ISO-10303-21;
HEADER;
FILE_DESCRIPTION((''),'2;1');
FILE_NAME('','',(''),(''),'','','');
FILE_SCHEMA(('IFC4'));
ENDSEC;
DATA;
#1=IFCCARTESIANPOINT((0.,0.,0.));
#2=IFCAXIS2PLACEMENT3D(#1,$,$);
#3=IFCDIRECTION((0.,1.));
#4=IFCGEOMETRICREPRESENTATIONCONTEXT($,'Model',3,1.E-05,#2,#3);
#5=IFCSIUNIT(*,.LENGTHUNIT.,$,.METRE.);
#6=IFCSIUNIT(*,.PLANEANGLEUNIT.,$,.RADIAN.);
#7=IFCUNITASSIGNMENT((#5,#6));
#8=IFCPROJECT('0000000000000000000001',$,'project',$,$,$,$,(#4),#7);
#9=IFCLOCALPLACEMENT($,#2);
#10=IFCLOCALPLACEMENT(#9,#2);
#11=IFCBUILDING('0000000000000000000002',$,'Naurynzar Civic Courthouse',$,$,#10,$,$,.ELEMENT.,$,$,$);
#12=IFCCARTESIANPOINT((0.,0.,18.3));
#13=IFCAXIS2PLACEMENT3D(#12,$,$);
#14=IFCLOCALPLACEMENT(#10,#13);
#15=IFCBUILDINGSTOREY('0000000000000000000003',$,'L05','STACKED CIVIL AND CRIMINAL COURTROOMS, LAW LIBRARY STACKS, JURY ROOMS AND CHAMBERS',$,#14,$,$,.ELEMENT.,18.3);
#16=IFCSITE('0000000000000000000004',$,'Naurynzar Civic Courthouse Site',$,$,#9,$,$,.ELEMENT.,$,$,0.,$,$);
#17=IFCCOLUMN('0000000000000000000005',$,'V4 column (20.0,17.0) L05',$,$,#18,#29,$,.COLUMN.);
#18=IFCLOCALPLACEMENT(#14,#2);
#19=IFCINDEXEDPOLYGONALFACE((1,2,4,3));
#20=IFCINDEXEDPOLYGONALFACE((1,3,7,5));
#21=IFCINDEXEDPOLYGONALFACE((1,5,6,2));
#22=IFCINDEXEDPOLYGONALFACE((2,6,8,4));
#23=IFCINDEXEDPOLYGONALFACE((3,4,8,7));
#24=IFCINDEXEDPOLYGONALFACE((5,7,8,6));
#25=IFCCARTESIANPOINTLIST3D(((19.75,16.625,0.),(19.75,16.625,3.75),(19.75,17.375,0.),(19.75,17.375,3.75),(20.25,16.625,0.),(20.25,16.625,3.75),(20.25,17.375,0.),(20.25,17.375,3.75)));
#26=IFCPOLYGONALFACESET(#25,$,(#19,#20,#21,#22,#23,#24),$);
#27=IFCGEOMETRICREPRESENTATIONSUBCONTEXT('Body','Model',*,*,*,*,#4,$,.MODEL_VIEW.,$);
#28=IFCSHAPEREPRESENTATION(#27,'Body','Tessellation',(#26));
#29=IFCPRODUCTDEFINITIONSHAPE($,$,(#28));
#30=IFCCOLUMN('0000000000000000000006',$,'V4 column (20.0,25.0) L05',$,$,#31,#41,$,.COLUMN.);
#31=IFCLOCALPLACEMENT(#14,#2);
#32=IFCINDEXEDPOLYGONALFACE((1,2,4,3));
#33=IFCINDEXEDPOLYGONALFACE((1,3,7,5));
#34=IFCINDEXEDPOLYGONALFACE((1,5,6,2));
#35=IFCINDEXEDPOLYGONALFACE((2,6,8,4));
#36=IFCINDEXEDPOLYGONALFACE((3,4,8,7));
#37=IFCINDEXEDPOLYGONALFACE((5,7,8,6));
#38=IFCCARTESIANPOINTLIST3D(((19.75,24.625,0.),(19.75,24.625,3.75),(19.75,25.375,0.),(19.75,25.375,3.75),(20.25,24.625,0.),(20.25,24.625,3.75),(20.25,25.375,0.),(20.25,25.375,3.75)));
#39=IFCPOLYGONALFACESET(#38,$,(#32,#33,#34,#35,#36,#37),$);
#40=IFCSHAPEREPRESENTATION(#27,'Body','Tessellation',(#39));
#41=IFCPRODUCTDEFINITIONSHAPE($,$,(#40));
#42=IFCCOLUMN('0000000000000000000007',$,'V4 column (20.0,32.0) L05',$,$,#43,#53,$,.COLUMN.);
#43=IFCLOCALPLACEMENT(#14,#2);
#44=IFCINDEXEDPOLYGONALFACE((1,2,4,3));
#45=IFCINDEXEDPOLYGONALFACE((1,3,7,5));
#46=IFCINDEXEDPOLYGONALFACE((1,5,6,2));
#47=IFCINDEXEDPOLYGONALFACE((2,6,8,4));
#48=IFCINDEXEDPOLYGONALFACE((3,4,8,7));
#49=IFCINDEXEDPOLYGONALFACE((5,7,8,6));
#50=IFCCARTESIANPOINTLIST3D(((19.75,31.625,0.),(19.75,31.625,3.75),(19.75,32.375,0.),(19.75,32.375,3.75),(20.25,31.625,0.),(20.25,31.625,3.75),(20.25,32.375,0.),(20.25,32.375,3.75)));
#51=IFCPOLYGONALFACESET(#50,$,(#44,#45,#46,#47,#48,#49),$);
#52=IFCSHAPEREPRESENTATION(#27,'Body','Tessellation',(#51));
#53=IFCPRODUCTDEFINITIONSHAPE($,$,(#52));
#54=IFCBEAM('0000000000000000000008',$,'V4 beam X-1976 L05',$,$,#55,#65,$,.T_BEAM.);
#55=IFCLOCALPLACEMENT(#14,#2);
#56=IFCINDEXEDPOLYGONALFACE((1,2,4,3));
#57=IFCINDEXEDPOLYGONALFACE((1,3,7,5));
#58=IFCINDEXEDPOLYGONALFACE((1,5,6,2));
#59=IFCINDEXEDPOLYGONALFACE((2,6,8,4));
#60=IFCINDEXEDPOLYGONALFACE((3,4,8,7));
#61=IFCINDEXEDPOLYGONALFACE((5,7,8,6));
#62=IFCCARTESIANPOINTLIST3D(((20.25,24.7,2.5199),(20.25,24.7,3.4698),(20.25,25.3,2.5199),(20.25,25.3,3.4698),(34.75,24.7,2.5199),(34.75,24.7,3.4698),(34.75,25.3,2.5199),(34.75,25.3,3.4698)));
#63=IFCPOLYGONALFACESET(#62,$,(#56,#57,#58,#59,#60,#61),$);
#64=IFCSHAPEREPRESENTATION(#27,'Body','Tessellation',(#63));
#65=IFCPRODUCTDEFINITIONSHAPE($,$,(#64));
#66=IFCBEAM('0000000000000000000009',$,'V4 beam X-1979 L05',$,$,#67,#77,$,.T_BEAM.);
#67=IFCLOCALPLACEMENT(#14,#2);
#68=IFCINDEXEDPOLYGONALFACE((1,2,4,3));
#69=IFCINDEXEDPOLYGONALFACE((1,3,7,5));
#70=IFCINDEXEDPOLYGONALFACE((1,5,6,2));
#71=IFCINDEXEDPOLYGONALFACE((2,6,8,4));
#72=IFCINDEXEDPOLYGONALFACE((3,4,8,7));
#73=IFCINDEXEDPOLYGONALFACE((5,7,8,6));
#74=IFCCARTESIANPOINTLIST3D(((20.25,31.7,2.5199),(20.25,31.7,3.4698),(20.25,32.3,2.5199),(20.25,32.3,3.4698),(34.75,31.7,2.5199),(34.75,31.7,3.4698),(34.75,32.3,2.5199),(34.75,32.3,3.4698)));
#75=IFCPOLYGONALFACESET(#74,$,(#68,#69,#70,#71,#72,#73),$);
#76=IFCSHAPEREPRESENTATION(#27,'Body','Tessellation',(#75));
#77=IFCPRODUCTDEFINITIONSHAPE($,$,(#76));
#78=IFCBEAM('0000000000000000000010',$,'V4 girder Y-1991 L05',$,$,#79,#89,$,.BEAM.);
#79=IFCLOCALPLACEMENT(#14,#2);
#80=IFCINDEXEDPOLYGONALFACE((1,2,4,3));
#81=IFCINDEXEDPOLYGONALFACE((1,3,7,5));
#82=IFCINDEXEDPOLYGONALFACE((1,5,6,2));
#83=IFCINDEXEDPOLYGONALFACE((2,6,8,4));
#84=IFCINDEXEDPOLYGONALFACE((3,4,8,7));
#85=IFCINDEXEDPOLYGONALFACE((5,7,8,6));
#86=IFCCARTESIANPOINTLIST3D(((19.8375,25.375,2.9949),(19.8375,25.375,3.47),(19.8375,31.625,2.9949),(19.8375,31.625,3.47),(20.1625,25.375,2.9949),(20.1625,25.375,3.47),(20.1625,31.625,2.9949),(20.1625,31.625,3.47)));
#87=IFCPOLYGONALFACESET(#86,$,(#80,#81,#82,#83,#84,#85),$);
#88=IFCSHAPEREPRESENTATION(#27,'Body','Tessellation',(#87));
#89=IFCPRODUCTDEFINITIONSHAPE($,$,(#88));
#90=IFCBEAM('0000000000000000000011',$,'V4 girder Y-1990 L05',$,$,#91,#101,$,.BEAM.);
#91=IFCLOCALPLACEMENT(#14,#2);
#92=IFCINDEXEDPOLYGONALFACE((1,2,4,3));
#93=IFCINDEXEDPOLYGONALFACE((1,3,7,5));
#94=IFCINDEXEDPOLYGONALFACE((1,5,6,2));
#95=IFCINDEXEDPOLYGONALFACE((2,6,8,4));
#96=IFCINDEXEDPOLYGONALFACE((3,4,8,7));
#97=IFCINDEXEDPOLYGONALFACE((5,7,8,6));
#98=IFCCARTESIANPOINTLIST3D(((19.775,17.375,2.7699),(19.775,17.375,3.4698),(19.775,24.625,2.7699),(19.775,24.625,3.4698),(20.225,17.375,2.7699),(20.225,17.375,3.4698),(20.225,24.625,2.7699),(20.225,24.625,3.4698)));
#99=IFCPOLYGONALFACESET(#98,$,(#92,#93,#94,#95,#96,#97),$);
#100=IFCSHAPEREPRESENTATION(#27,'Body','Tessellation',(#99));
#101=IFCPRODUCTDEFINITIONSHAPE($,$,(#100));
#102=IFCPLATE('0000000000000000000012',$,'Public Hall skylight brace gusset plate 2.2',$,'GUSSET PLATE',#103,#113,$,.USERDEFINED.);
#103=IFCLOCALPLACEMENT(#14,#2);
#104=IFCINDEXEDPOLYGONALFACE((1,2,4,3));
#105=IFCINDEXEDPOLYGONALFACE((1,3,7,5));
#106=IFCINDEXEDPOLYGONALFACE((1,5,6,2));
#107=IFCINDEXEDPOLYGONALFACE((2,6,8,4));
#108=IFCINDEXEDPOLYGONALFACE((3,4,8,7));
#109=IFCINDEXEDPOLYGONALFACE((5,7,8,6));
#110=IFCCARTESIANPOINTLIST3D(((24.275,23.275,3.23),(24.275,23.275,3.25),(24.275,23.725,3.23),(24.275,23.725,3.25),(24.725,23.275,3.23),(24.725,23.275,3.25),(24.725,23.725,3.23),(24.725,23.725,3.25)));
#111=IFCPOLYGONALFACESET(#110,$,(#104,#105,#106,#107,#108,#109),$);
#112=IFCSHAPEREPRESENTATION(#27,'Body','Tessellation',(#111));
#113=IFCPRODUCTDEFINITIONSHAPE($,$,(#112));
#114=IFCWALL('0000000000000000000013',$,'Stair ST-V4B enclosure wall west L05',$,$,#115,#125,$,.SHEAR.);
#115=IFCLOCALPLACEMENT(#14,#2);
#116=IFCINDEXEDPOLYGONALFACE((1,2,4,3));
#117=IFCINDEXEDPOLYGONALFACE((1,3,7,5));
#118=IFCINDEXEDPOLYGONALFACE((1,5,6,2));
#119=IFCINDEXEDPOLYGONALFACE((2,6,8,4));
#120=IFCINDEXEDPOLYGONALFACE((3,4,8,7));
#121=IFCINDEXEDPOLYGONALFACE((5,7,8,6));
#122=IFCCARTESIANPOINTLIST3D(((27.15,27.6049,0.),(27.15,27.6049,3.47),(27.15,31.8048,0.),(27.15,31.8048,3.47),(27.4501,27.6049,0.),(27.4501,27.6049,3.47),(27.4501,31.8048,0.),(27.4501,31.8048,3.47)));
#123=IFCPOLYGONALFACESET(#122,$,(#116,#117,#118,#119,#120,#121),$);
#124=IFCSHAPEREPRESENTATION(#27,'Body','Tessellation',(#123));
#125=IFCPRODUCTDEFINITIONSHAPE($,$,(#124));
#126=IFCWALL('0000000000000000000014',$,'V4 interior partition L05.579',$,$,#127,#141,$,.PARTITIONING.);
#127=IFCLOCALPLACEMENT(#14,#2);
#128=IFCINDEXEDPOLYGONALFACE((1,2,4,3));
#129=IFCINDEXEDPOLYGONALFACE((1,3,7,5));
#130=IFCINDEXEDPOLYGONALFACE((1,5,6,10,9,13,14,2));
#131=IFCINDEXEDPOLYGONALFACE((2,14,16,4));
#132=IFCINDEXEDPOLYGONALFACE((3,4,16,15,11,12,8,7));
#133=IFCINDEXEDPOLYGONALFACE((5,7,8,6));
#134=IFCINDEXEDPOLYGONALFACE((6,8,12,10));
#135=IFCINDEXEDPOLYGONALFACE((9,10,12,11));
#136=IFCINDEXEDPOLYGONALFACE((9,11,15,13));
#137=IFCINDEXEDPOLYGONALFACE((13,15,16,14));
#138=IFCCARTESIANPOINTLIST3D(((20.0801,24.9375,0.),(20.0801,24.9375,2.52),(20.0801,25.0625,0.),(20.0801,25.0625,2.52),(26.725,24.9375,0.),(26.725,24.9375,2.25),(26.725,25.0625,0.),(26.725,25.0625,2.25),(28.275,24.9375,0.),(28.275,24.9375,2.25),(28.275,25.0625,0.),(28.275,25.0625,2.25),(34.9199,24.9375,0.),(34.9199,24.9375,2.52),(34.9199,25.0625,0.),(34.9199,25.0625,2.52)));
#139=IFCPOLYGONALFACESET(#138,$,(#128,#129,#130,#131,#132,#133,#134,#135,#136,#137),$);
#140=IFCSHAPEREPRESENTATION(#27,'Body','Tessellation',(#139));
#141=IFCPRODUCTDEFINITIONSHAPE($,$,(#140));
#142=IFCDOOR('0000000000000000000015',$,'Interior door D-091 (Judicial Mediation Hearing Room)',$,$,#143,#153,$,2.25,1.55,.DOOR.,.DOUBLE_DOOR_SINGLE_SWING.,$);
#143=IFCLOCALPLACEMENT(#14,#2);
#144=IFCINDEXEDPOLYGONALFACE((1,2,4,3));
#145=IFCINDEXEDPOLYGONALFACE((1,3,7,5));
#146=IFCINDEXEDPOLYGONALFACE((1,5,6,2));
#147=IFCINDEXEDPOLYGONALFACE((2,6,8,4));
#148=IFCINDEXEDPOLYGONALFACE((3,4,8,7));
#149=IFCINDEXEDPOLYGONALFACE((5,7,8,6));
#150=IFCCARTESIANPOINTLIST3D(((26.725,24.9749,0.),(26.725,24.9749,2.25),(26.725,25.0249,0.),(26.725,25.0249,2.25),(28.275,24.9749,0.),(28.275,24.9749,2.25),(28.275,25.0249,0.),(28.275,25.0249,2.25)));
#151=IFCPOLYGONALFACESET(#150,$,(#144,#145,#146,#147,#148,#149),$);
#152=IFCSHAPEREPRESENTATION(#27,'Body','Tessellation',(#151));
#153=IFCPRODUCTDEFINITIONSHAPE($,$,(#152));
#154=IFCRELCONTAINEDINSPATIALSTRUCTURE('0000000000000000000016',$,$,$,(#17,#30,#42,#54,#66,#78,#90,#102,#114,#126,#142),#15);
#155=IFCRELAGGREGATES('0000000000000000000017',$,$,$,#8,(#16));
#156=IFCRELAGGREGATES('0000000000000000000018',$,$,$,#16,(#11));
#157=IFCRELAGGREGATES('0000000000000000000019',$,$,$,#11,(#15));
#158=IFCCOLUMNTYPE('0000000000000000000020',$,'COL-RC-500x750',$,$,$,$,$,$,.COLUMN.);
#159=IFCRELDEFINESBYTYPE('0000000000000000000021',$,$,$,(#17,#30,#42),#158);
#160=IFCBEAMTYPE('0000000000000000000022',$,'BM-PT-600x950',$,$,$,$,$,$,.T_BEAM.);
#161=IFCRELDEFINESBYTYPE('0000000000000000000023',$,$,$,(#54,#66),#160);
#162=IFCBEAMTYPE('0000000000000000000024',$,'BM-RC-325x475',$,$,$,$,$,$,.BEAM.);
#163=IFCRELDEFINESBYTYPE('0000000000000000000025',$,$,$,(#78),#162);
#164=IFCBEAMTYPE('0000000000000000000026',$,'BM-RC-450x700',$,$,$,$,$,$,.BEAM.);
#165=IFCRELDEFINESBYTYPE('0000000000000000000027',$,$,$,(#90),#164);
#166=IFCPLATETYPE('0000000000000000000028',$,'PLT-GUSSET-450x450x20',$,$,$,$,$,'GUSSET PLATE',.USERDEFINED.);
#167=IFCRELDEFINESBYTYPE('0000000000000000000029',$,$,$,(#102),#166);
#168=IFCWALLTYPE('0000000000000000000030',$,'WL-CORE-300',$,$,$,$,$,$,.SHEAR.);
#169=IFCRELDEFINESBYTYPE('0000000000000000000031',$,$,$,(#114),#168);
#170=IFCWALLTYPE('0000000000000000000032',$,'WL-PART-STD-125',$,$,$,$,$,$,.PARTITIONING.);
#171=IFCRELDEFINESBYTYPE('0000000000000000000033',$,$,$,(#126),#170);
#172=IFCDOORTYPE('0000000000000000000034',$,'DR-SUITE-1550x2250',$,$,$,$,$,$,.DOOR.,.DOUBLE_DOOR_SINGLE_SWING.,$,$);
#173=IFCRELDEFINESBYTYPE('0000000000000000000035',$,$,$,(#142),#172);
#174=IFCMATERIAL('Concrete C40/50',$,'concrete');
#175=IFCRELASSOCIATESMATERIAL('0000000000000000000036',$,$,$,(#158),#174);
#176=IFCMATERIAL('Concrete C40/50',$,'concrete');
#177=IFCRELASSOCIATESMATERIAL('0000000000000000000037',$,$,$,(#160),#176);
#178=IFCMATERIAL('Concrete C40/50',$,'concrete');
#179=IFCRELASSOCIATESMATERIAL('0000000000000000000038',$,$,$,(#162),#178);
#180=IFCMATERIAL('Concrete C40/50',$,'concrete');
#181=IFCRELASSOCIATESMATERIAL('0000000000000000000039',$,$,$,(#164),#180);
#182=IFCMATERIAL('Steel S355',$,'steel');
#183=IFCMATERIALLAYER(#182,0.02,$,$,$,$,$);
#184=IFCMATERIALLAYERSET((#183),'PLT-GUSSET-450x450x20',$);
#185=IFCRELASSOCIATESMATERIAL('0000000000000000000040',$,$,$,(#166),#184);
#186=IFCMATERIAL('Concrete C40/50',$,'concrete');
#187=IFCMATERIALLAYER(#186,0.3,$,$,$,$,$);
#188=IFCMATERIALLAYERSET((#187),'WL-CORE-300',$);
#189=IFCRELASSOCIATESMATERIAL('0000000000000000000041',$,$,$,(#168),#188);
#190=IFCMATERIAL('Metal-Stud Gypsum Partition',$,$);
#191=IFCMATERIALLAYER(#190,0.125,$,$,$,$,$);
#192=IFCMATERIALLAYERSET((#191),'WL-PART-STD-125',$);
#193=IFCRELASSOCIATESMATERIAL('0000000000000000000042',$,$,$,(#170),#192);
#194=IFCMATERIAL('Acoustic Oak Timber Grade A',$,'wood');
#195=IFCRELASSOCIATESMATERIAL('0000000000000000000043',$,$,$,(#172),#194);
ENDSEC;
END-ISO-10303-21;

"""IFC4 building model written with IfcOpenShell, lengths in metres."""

from ifc_helpers import new_model, si_unit, direction, frame, frame_2d, origin, origin_2d, place, context, subcontext, project, spatial, rectangle, extrude, material, layer, layer_set, material_profile, profile_set, type_object, element, fill, save


model = new_model("IFC4")

# Units and contexts
model_context = context("Model", 3, precision=1e-05, world=origin(), true_north=direction((0.0, 1.0)))
body_context = subcontext(model_context, "Body", "Model", "MODEL_VIEW")
ifc_project = project(units=[si_unit("LENGTHUNIT", "METRE"), si_unit("PLANEANGLEUNIT", "RADIAN")], contexts=[model_context])

# Site, building, storey
site_placement = place(None, origin())
site = spatial("IfcSite", under=ifc_project, at=site_placement, Name="Naurynzar Civic Courthouse Site", CompositionType="ELEMENT", RefElevation=0.0)
building_placement = place(site_placement, origin())
building = spatial("IfcBuilding", under=site, at=building_placement, Name="Naurynzar Civic Courthouse", CompositionType="ELEMENT")
storey_placement = place(building_placement, frame((0.0, 0.0, 18.3)))
storey = spatial("IfcBuildingStorey", under=building, at=storey_placement, Name="L05", Description="STACKED CIVIL AND CRIMINAL COURTROOMS, LAW LIBRARY STACKS, JURY ROOMS AND CHAMBERS", CompositionType="ELEMENT", Elevation=18.3)

# Columns
ifc_material_1 = material(Name="Concrete C40/50", Category="concrete")
ifc_material_profile_1 = material_profile(ifc_material_1, rectangle(XDim=0.5, YDim=0.75, at=origin_2d()), Name="RC 500x750")
ifc_profile_set_1 = profile_set([ifc_material_profile_1], Name="Concrete C40/50")
column_type = type_object("IfcColumnType", Name="COL-RC-500x750", PredefinedType="COLUMN", material=ifc_profile_set_1)
for number, where, z_axis, x_axis, name in (
    (1, (20.0, 17.0, 0.0), (0.0, 0.0, 1.0), (1.0, 0.0, 0.0), "V4 column (20.0,17.0) L05"),
    (2, (20.0, 25.0, 0.0), (0.0, 0.0, 1.0), (1.0, 0.0, 0.0), "V4 column (20.0,25.0) L05"),
    (3, (20.0, 32.0, 0.0), (0.0, 0.0, 1.0), (1.0, 0.0, 0.0), "V4 column (20.0,32.0) L05"),
):
    element("IfcColumn", number, at=place(storey_placement, frame(where, z_axis=z_axis, x_axis=x_axis)), inside=storey, type_object=column_type, Name=name, PredefinedType="COLUMN", context=body_context, shape_type="SweptSolid", body=[
        extrude(rectangle(XDim=0.5, YDim=0.75, at=origin_2d()), origin(), (0.0, 0.0, 1.0), 3.75),
    ])

# Beams
ifc_material_2 = material(Name="Concrete C40/50", Category="concrete")
ifc_material_profile_2 = material_profile(ifc_material_2, rectangle(XDim=0.6001, YDim=0.95, at=origin_2d()), Name="PTB 600x950")
ifc_profile_set_2 = profile_set([ifc_material_profile_2], Name="Concrete C40/50")
beam_type_1 = type_object("IfcBeamType", Name="BM-PT-600x950", PredefinedType="T_BEAM", material=ifc_profile_set_2)
for number, where, z_axis, x_axis, name in (
    (4, (20.25, 25.0, 2.9949), (1.0, 0.0, 0.0), (0.0, 1.0, 0.0), "V4 beam X-1976 L05"),
    (5, (20.25, 32.0, 2.9949), (1.0, 0.0, 0.0), (0.0, 1.0, 0.0), "V4 beam X-1979 L05"),
):
    element("IfcBeam", number, at=place(storey_placement, frame(where, z_axis=z_axis, x_axis=x_axis)), inside=storey, type_object=beam_type_1, Name=name, PredefinedType="T_BEAM", context=body_context, shape_type="SweptSolid", body=[
        extrude(rectangle(XDim=0.6001, YDim=0.95, at=origin_2d()), origin(), (0.0, 0.0, 1.0), 14.5),
    ])
ifc_material_3 = material(Name="Concrete C40/50", Category="concrete")
ifc_material_profile_3 = material_profile(ifc_material_3, rectangle(XDim=0.325, YDim=0.4751, at=origin_2d()), Name="RCB 325x475")
ifc_profile_set_3 = profile_set([ifc_material_profile_3], Name="Concrete C40/50")
beam_type_2 = type_object("IfcBeamType", Name="BM-RC-325x475", PredefinedType="BEAM", material=ifc_profile_set_3)
beam_1_placement = place(storey_placement, frame((20.0, 25.375, 3.2324), z_axis=(0.0, 1.0, 0.0), x_axis=(-1.0, 0.0, 0.0)))
element("IfcBeam", 6, at=beam_1_placement, inside=storey, type_object=beam_type_2, Name="V4 girder Y-1991 L05", PredefinedType="BEAM", context=body_context, shape_type="SweptSolid", body=[
    extrude(rectangle(XDim=0.325, YDim=0.4751, at=origin_2d()), origin(), (0.0, 0.0, 1.0), 6.25),
])
ifc_material_4 = material(Name="Concrete C40/50", Category="concrete")
ifc_material_profile_4 = material_profile(ifc_material_4, rectangle(XDim=0.45, YDim=0.7, at=origin_2d()), Name="RCB 450x700")
ifc_profile_set_4 = profile_set([ifc_material_profile_4], Name="Concrete C40/50")
beam_type_3 = type_object("IfcBeamType", Name="BM-RC-450x700", PredefinedType="BEAM", material=ifc_profile_set_4)
beam_2_placement = place(storey_placement, frame((20.0, 17.375, 3.1199), z_axis=(0.0, 1.0, 0.0), x_axis=(-1.0, 0.0, 0.0)))
element("IfcBeam", 7, at=beam_2_placement, inside=storey, type_object=beam_type_3, Name="V4 girder Y-1990 L05", PredefinedType="BEAM", context=body_context, shape_type="SweptSolid", body=[
    extrude(rectangle(XDim=0.45, YDim=0.7, at=origin_2d()), origin(), (0.0, 0.0, 1.0), 7.25),
])

# Plate
ifc_material_5 = material(Name="Steel S355", Category="steel")
ifc_layer_1 = layer(ifc_material_5, 0.02)
ifc_layer_set_1 = layer_set([ifc_layer_1], Name="PLT-GUSSET-450x450x20")
plate_type = type_object("IfcPlateType", Name="PLT-GUSSET-450x450x20", ElementType="GUSSET PLATE", PredefinedType="USERDEFINED", material=ifc_layer_set_1)
plate_placement = place(storey_placement, frame((24.5, 23.5, 3.23), z_axis=(0.0, 0.0, 1.0), x_axis=(1.0, 0.0, 0.0)))
element("IfcPlate", 8, at=plate_placement, inside=storey, type_object=plate_type, Name="Public Hall skylight brace gusset plate 2.2", ObjectType="GUSSET PLATE", PredefinedType="USERDEFINED", context=body_context, shape_type="SweptSolid", body=[
    extrude(rectangle(XDim=0.45, YDim=0.45, at=origin_2d()), origin(), (0.0, 0.0, 1.0), 0.02),
])

# Shared definitions
ifc_material_6 = material(Name="Concrete C40/50", Category="concrete")
ifc_layer_2 = layer(ifc_material_6, 0.3)
ifc_layer_set_2 = layer_set([ifc_layer_2], Name="WL-CORE-300")
wall_type_1 = type_object("IfcWallType", Name="WL-CORE-300", PredefinedType="SHEAR", material=ifc_layer_set_2)

# Wall
wall_1_placement = place(storey_placement, frame((27.3, 31.8049, 0.0), z_axis=(0.0, 0.0, 1.0), x_axis=(0.0, -1.0, 0.0)))
element("IfcWall", 9, at=wall_1_placement, inside=storey, type_object=wall_type_1, Name="Stair ST-V4B enclosure wall west L05", PredefinedType="SHEAR", context=body_context, shape_type="SweptSolid", body=[
    extrude(rectangle(XDim=4.2, YDim=0.3, at=frame_2d((2.1001, 0.0))), origin(), (0.0, 0.0, 1.0), 3.47),
])

# Wall, opening, door
ifc_material_7 = material(Name="Metal-Stud Gypsum Partition")
ifc_layer_3 = layer(ifc_material_7, 0.125)
ifc_layer_set_3 = layer_set([ifc_layer_3], Name="WL-PART-STD-125")
wall_type_2 = type_object("IfcWallType", Name="WL-PART-STD-125", PredefinedType="PARTITIONING", material=ifc_layer_set_3)
wall_2_placement = place(storey_placement, frame((20.0801, 25.0, 0.0), z_axis=(0.0, 0.0, 1.0), x_axis=(1.0, 0.0, 0.0)))
wall_2 = element("IfcWall", 10, at=wall_2_placement, inside=storey, type_object=wall_type_2, Name="V4 interior partition L05.579", PredefinedType="PARTITIONING", context=body_context, shape_type="SweptSolid", body=[
    extrude(rectangle(XDim=14.8398, YDim=0.125, at=frame_2d((7.4199, 0.0))), origin(), (0.0, 0.0, 1.0), 2.52),
])
opening_1_placement = place(wall_2_placement, frame((6.645, 0.0, 0.0)))
opening_1 = element("IfcOpeningElement", 11, at=opening_1_placement, cuts=wall_2, PredefinedType="OPENING", context=body_context, shape_type="SweptSolid", body=[
    extrude(rectangle(XDim=1.55, YDim=2.25, at=frame_2d((0.7749, 1.125))), frame((0.0, 0.0725, 0.0), z_axis=(0.0, -1.0, 0.0), x_axis=(1.0, 0.0, 0.0)), (0.0, 0.0, 1.0), 0.145),
])
ifc_material_8 = material(Name="Acoustic Oak Timber Grade A", Category="wood")
door_type_1 = type_object("IfcDoorType", Name="DR-SUITE-1550x2250", OperationType="DOUBLE_DOOR_SINGLE_SWING", PredefinedType="DOOR", material=ifc_material_8)
door_1_placement = place(opening_1_placement, origin())
door_1 = element("IfcDoor", 12, at=door_1_placement, inside=storey, type_object=door_type_1, Name="Interior door D-091 (Judicial Mediation Hearing Room)", OperationType="DOUBLE_DOOR_SINGLE_SWING", OverallHeight=2.25, OverallWidth=1.55, PredefinedType="DOOR", context=body_context, shape_type="SweptSolid", body=[
    extrude(rectangle(XDim=1.55, YDim=2.25, at=frame_2d((0.7749, 1.125))), frame((0.0, 0.0249, 0.0), z_axis=(0.0, -1.0, 0.0), x_axis=(1.0, 0.0, 0.0)), (0.0, 0.0, 1.0), 0.05),
])
fill(opening_1, door_1)

save(model, "model.ifc")
